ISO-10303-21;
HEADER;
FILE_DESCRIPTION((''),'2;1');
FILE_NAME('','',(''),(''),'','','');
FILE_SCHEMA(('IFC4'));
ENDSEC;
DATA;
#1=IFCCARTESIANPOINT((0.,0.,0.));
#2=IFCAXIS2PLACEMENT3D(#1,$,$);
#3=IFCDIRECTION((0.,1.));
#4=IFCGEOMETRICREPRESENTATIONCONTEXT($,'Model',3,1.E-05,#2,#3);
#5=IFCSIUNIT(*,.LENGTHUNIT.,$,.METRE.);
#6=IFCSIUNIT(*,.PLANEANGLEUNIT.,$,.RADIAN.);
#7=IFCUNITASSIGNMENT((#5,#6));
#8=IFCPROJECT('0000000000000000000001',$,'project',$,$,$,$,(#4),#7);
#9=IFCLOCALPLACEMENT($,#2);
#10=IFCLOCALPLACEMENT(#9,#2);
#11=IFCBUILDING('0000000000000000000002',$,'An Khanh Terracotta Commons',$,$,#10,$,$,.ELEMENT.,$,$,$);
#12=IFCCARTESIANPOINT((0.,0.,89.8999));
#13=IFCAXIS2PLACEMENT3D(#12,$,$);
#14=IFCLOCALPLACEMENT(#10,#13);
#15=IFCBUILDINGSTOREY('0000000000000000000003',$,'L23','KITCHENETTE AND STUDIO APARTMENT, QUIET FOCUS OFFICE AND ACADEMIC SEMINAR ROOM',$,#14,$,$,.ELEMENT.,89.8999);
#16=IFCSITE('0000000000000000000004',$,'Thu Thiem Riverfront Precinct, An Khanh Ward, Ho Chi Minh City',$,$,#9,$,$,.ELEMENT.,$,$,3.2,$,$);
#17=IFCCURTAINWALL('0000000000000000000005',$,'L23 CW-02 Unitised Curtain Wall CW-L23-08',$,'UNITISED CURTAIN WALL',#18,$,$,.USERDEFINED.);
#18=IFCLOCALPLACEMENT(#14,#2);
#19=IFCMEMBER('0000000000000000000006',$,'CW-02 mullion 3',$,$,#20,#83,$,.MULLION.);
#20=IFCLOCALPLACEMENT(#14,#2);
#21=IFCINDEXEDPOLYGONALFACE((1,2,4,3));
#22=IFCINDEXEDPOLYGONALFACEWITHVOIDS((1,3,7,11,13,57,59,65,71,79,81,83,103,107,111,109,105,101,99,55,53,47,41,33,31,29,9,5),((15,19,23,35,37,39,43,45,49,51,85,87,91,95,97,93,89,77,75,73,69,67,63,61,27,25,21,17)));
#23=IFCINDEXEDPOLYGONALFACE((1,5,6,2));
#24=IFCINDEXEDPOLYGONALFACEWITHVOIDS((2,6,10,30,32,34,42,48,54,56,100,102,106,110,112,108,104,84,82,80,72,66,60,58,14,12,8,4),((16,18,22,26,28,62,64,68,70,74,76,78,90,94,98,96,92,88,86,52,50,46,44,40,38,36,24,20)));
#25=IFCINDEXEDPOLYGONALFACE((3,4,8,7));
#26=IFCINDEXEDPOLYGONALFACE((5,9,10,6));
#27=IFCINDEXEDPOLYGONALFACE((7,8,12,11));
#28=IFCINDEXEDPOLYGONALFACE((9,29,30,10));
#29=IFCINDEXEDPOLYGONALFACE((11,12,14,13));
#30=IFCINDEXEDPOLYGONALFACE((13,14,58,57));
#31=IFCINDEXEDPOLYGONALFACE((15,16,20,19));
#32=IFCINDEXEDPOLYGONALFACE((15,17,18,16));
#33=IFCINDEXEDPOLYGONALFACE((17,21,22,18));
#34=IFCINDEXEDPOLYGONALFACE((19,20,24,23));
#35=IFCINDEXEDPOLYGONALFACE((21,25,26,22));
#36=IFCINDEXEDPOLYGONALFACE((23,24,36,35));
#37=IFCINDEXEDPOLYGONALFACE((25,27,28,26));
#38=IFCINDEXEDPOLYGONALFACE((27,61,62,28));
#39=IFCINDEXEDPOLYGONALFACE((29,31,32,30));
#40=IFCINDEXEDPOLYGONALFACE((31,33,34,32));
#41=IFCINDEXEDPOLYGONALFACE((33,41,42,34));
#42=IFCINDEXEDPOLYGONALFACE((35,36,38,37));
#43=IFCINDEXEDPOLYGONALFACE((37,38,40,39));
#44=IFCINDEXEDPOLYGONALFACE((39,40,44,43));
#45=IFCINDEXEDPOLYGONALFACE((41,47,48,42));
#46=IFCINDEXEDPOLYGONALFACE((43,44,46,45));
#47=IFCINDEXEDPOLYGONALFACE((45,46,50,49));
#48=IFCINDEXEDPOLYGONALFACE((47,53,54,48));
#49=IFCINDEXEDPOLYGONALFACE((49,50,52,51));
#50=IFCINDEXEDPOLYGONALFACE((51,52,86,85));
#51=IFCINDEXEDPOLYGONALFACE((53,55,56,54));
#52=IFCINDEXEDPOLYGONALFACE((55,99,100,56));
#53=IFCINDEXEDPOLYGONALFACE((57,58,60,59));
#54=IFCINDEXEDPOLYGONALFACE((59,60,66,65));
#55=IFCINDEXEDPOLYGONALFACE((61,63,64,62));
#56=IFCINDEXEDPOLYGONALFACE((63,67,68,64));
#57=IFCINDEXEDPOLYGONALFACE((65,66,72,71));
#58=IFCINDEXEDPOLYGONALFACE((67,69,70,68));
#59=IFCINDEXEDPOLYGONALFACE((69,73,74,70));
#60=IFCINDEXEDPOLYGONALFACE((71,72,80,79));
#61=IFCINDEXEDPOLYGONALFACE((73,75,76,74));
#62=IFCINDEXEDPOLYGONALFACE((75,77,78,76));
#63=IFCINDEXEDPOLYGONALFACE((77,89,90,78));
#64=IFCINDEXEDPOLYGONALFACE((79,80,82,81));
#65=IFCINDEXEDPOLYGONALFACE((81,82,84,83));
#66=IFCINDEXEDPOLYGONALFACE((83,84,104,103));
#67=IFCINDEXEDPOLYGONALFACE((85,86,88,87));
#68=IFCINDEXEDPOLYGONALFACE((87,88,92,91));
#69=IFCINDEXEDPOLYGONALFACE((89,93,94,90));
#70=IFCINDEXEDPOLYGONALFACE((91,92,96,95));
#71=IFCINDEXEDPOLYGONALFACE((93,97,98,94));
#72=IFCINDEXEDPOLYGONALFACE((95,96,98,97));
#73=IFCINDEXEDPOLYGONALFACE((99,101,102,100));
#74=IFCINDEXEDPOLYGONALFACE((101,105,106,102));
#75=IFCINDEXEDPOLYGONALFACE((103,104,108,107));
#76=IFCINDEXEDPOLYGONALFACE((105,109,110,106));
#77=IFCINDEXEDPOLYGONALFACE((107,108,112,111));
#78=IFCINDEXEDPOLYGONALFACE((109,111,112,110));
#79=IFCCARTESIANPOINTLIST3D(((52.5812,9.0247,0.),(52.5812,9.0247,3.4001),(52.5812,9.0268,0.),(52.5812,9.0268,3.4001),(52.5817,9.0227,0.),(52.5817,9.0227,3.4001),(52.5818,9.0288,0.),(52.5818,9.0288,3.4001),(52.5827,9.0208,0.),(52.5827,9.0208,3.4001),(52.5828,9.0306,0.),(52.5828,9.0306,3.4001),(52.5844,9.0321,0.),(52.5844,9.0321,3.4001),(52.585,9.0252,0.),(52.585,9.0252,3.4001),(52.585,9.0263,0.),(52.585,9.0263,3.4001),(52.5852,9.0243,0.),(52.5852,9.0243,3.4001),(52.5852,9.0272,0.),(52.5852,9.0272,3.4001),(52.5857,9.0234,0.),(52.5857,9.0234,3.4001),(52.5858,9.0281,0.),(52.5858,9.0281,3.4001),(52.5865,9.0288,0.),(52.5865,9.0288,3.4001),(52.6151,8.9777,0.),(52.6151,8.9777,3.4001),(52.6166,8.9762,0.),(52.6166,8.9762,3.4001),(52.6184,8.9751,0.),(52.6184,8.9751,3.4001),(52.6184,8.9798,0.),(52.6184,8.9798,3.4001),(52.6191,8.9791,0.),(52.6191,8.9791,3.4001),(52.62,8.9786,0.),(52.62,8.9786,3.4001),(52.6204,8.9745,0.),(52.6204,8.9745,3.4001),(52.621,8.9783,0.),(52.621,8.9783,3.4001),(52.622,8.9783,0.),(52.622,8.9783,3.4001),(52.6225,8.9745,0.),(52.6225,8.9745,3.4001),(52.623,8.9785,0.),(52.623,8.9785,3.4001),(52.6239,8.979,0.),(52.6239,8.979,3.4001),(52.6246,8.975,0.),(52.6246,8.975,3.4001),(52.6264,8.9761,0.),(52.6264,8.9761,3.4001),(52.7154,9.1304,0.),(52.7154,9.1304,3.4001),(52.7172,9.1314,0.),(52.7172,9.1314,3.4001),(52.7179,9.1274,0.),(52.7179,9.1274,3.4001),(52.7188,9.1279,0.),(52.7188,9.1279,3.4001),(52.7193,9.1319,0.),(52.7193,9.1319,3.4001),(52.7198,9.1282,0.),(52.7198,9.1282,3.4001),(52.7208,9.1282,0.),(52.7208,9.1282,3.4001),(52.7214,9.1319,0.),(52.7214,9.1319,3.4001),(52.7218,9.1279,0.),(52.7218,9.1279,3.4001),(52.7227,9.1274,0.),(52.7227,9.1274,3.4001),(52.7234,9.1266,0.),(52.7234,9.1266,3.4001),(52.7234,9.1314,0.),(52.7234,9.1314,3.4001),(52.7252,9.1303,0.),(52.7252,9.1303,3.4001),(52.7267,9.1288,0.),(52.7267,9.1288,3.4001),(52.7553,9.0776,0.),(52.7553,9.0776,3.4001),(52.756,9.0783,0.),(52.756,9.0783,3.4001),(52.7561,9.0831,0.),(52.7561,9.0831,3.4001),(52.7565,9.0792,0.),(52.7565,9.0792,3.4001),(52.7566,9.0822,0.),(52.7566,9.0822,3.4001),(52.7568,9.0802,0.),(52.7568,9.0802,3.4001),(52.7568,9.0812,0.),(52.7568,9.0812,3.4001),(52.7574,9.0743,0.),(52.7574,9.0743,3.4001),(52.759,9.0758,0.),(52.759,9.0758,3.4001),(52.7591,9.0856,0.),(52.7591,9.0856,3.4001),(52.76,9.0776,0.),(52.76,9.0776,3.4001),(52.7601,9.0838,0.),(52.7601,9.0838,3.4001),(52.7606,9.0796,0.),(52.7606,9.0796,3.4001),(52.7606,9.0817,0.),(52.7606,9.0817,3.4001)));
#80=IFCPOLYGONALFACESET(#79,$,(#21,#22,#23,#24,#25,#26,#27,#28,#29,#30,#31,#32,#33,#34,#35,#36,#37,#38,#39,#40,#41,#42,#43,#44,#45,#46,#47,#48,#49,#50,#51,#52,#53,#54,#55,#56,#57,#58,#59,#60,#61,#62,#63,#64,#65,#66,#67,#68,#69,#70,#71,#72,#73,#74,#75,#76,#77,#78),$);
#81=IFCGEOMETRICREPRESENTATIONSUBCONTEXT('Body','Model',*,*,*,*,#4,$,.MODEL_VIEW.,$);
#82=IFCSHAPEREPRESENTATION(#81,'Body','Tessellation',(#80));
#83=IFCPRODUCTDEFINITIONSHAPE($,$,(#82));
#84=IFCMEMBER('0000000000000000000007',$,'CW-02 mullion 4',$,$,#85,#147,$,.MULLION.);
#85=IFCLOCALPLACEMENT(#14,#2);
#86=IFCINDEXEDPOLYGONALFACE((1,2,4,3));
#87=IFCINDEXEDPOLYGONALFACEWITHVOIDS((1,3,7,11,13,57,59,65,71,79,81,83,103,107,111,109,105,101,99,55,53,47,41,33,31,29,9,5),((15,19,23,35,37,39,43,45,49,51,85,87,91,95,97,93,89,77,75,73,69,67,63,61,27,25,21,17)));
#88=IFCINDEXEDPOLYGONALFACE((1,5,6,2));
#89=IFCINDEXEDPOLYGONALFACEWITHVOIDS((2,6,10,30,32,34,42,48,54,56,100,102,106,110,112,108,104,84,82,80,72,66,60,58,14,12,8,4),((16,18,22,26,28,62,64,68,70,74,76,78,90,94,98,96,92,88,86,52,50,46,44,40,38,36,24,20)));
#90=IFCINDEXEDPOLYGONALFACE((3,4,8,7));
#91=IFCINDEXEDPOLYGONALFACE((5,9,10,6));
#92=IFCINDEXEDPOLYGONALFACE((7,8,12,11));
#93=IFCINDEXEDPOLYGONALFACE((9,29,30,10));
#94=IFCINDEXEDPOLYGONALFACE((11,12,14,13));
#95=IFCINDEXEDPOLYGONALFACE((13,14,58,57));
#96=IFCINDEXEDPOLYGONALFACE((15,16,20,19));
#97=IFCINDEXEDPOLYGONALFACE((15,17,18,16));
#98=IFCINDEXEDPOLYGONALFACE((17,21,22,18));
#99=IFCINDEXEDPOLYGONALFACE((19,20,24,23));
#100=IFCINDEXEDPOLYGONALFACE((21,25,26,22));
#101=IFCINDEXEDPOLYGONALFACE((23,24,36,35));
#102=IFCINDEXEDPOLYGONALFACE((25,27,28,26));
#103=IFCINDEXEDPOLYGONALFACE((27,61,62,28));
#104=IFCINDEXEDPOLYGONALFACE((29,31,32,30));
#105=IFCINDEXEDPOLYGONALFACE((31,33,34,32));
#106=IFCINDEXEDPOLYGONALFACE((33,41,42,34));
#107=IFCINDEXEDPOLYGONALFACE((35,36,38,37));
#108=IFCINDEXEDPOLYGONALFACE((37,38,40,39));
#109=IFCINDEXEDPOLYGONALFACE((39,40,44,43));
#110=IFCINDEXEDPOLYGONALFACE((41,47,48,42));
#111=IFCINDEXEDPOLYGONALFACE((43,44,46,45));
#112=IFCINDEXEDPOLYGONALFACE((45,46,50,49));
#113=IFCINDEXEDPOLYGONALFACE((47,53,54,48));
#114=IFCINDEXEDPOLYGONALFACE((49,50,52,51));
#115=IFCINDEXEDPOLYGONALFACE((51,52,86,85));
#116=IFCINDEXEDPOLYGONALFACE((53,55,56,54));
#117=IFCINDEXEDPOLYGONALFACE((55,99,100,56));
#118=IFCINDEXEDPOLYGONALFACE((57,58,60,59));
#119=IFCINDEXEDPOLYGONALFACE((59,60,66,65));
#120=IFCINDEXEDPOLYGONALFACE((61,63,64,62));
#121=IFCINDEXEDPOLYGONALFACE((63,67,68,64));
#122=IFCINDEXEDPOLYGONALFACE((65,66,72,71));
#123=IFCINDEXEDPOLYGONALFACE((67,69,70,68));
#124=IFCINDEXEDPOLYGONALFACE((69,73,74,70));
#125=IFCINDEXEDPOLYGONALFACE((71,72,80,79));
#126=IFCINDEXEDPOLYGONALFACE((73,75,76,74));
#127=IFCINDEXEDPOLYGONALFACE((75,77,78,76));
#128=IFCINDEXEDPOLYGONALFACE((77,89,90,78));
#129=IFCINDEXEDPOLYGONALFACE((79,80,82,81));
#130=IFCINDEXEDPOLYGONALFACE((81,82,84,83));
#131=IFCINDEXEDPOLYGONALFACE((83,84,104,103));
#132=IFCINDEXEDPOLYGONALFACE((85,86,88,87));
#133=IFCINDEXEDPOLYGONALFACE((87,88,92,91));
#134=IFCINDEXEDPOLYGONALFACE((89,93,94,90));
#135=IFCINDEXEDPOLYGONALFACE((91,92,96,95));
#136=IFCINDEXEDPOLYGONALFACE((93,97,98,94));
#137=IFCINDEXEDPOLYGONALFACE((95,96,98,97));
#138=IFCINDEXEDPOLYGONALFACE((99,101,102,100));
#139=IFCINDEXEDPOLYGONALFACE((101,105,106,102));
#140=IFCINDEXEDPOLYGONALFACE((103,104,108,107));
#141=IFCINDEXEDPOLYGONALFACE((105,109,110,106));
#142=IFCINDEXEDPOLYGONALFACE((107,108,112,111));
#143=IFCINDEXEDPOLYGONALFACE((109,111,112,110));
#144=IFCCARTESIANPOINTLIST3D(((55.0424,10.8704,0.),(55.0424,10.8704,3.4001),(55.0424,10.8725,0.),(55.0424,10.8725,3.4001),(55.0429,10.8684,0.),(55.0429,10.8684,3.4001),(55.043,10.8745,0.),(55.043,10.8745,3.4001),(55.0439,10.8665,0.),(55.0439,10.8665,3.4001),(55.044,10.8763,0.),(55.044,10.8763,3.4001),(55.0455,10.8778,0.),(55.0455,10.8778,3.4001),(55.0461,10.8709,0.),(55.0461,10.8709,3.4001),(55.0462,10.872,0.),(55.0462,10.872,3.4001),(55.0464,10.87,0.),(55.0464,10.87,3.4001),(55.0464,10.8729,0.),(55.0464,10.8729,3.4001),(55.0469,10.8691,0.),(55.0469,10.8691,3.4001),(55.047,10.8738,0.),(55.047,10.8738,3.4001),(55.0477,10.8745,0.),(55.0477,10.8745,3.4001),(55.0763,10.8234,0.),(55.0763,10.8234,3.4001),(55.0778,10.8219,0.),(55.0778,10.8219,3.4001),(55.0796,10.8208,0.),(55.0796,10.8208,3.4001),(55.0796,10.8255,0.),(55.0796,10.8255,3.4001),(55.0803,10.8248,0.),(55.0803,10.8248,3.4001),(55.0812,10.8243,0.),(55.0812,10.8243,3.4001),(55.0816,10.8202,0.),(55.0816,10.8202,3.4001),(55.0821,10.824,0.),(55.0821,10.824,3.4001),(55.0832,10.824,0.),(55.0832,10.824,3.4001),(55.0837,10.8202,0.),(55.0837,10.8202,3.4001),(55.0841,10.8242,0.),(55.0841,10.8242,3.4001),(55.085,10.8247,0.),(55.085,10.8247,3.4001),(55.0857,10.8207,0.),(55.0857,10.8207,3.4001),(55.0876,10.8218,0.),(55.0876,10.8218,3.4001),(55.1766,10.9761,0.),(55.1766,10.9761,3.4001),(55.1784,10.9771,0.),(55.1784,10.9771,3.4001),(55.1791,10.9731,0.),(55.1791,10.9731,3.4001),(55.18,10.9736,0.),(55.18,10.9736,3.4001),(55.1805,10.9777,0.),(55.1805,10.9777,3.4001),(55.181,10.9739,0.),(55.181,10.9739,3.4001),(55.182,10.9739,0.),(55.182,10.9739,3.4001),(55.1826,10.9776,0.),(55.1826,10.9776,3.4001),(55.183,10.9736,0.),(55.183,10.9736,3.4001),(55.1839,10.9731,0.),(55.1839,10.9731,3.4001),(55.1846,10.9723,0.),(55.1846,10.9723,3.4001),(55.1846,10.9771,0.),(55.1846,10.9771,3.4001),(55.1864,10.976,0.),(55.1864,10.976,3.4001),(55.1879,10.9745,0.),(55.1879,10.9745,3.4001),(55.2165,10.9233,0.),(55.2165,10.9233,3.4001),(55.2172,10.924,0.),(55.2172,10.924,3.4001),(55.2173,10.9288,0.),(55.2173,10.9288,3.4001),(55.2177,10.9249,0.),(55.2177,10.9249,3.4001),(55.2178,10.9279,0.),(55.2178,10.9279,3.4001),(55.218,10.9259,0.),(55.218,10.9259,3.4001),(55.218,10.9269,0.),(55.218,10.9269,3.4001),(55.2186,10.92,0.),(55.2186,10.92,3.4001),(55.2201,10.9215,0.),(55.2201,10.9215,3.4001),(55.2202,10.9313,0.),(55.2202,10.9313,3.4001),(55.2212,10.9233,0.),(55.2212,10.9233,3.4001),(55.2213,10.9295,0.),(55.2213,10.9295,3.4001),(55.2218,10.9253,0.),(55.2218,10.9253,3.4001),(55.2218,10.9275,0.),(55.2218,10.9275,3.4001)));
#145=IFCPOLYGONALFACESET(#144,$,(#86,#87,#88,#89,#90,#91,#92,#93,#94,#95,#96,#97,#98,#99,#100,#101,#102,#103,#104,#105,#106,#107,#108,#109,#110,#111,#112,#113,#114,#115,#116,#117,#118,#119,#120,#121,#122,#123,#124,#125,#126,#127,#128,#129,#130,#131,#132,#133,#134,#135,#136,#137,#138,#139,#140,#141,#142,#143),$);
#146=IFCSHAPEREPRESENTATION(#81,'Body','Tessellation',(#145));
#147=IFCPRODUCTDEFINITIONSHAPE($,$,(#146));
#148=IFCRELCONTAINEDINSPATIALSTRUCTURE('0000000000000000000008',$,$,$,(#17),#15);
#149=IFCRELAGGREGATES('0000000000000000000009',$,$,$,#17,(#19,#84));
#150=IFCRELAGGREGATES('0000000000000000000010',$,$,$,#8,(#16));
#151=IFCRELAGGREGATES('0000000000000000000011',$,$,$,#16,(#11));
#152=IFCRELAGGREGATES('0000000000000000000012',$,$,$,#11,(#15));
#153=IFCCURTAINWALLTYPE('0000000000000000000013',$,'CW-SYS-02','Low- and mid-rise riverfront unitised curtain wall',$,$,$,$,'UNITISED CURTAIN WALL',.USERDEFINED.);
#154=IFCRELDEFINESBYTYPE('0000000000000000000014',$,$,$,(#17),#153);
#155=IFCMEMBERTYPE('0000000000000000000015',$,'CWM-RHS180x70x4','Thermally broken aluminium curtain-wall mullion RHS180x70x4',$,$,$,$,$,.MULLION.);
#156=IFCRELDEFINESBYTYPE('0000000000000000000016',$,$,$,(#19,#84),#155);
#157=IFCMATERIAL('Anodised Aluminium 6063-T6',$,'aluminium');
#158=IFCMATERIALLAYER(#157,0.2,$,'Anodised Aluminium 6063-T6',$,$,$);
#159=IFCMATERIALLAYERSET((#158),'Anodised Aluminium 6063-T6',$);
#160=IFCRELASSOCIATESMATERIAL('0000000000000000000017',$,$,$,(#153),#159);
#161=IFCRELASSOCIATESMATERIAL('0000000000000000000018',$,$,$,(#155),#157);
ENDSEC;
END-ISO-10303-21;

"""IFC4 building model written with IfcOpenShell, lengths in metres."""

from ifc_helpers import new_model, si_unit, direction, frame, origin, origin_2d, place, context, subcontext, project, spatial, hollow_rectangle, extrude, material, layer, layer_set, material_profile, profile_set, type_object, element, aggregate, save


model = new_model("IFC4")

# Units and contexts
model_context = context("Model", 3, precision=1e-05, world=origin(), true_north=direction((0.0, 1.0)))
body_context = subcontext(model_context, "Body", "Model", "MODEL_VIEW")
ifc_project = project(units=[si_unit("LENGTHUNIT", "METRE"), si_unit("PLANEANGLEUNIT", "RADIAN")], contexts=[model_context])

# Site, building, storey
site_placement = place(None, origin())
site = spatial("IfcSite", under=ifc_project, at=site_placement, Name="Thu Thiem Riverfront Precinct, An Khanh Ward, Ho Chi Minh City", CompositionType="ELEMENT", RefElevation=3.2)
building_placement = place(site_placement, origin())
building = spatial("IfcBuilding", under=site, at=building_placement, Name="An Khanh Terracotta Commons", CompositionType="ELEMENT")
storey_placement = place(building_placement, frame((0.0, 0.0, 89.8999)))
storey = spatial("IfcBuildingStorey", under=building, at=storey_placement, Name="L23", Description="KITCHENETTE AND STUDIO APARTMENT, QUIET FOCUS OFFICE AND ACADEMIC SEMINAR ROOM", CompositionType="ELEMENT", Elevation=89.8999)

# Curtain wall, members
ifc_material_1 = material(Name="Anodised Aluminium 6063-T6", Category="aluminium")
ifc_layer_1 = layer(ifc_material_1, 0.2, Name="Anodised Aluminium 6063-T6")
ifc_layer_set_1 = layer_set([ifc_layer_1], Name="Anodised Aluminium 6063-T6")
curtain_wall_type = type_object("IfcCurtainWallType", Name="CW-SYS-02", Description="Low- and mid-rise riverfront unitised curtain wall", ElementType="UNITISED CURTAIN WALL", PredefinedType="USERDEFINED", material=ifc_layer_set_1)
curtain_wall_1_placement = place(storey_placement, origin())
curtain_wall_1 = element("IfcCurtainWall", 1, at=curtain_wall_1_placement, inside=storey, type_object=curtain_wall_type, Name="L23 CW-02 Unitised Curtain Wall CW-L23-08", ObjectType="UNITISED CURTAIN WALL", PredefinedType="USERDEFINED")
ifc_material_profile_1 = material_profile(ifc_material_1, hollow_rectangle(XDim=0.0701, YDim=0.1799, WallThickness=0.0039, InnerFilletRadius=0.0039, OuterFilletRadius=0.0081, at=origin_2d()), Name="RHS180x70x4")
ifc_profile_set_1 = profile_set([ifc_material_profile_1], Name="Anodised Aluminium 6063-T6")
member_type_1 = type_object("IfcMemberType", Name="CWM-RHS180x70x4", Description="Thermally broken aluminium curtain-wall mullion RHS180x70x4", PredefinedType="MULLION", material=ifc_profile_set_1)
member_1_placement = place(storey_placement, frame((52.6709, 9.0532, 0.0), z_axis=(0.0, 0.0, 1.0), x_axis=(-0.599983, 0.800013, 0.0)))
member_1 = element("IfcMember", 2, at=member_1_placement, type_object=member_type_1, Name="CW-02 mullion 3", PredefinedType="MULLION", context=body_context, shape_type="SweptSolid", body=[
    extrude(hollow_rectangle(XDim=0.0701, YDim=0.1799, WallThickness=0.0039, InnerFilletRadius=0.0039, OuterFilletRadius=0.0081, at=origin_2d()), origin(), (0.0, 0.0, 1.0), 3.4001),
])
member_2_placement = place(storey_placement, frame((55.1321, 10.8989, 0.0), z_axis=(0.0, 0.0, 1.0), x_axis=(-0.599983, 0.800013, 0.0)))
member_2 = element("IfcMember", 3, at=member_2_placement, type_object=member_type_1, Name="CW-02 mullion 4", PredefinedType="MULLION", context=body_context, shape_type="SweptSolid", body=[
    extrude(hollow_rectangle(XDim=0.0701, YDim=0.1799, WallThickness=0.0039, InnerFilletRadius=0.0039, OuterFilletRadius=0.0081, at=origin_2d()), origin(), (0.0, 0.0, 1.0), 3.4001),
])

aggregate(curtain_wall_1, [member_1, member_2])

save(model, "model.ifc")
